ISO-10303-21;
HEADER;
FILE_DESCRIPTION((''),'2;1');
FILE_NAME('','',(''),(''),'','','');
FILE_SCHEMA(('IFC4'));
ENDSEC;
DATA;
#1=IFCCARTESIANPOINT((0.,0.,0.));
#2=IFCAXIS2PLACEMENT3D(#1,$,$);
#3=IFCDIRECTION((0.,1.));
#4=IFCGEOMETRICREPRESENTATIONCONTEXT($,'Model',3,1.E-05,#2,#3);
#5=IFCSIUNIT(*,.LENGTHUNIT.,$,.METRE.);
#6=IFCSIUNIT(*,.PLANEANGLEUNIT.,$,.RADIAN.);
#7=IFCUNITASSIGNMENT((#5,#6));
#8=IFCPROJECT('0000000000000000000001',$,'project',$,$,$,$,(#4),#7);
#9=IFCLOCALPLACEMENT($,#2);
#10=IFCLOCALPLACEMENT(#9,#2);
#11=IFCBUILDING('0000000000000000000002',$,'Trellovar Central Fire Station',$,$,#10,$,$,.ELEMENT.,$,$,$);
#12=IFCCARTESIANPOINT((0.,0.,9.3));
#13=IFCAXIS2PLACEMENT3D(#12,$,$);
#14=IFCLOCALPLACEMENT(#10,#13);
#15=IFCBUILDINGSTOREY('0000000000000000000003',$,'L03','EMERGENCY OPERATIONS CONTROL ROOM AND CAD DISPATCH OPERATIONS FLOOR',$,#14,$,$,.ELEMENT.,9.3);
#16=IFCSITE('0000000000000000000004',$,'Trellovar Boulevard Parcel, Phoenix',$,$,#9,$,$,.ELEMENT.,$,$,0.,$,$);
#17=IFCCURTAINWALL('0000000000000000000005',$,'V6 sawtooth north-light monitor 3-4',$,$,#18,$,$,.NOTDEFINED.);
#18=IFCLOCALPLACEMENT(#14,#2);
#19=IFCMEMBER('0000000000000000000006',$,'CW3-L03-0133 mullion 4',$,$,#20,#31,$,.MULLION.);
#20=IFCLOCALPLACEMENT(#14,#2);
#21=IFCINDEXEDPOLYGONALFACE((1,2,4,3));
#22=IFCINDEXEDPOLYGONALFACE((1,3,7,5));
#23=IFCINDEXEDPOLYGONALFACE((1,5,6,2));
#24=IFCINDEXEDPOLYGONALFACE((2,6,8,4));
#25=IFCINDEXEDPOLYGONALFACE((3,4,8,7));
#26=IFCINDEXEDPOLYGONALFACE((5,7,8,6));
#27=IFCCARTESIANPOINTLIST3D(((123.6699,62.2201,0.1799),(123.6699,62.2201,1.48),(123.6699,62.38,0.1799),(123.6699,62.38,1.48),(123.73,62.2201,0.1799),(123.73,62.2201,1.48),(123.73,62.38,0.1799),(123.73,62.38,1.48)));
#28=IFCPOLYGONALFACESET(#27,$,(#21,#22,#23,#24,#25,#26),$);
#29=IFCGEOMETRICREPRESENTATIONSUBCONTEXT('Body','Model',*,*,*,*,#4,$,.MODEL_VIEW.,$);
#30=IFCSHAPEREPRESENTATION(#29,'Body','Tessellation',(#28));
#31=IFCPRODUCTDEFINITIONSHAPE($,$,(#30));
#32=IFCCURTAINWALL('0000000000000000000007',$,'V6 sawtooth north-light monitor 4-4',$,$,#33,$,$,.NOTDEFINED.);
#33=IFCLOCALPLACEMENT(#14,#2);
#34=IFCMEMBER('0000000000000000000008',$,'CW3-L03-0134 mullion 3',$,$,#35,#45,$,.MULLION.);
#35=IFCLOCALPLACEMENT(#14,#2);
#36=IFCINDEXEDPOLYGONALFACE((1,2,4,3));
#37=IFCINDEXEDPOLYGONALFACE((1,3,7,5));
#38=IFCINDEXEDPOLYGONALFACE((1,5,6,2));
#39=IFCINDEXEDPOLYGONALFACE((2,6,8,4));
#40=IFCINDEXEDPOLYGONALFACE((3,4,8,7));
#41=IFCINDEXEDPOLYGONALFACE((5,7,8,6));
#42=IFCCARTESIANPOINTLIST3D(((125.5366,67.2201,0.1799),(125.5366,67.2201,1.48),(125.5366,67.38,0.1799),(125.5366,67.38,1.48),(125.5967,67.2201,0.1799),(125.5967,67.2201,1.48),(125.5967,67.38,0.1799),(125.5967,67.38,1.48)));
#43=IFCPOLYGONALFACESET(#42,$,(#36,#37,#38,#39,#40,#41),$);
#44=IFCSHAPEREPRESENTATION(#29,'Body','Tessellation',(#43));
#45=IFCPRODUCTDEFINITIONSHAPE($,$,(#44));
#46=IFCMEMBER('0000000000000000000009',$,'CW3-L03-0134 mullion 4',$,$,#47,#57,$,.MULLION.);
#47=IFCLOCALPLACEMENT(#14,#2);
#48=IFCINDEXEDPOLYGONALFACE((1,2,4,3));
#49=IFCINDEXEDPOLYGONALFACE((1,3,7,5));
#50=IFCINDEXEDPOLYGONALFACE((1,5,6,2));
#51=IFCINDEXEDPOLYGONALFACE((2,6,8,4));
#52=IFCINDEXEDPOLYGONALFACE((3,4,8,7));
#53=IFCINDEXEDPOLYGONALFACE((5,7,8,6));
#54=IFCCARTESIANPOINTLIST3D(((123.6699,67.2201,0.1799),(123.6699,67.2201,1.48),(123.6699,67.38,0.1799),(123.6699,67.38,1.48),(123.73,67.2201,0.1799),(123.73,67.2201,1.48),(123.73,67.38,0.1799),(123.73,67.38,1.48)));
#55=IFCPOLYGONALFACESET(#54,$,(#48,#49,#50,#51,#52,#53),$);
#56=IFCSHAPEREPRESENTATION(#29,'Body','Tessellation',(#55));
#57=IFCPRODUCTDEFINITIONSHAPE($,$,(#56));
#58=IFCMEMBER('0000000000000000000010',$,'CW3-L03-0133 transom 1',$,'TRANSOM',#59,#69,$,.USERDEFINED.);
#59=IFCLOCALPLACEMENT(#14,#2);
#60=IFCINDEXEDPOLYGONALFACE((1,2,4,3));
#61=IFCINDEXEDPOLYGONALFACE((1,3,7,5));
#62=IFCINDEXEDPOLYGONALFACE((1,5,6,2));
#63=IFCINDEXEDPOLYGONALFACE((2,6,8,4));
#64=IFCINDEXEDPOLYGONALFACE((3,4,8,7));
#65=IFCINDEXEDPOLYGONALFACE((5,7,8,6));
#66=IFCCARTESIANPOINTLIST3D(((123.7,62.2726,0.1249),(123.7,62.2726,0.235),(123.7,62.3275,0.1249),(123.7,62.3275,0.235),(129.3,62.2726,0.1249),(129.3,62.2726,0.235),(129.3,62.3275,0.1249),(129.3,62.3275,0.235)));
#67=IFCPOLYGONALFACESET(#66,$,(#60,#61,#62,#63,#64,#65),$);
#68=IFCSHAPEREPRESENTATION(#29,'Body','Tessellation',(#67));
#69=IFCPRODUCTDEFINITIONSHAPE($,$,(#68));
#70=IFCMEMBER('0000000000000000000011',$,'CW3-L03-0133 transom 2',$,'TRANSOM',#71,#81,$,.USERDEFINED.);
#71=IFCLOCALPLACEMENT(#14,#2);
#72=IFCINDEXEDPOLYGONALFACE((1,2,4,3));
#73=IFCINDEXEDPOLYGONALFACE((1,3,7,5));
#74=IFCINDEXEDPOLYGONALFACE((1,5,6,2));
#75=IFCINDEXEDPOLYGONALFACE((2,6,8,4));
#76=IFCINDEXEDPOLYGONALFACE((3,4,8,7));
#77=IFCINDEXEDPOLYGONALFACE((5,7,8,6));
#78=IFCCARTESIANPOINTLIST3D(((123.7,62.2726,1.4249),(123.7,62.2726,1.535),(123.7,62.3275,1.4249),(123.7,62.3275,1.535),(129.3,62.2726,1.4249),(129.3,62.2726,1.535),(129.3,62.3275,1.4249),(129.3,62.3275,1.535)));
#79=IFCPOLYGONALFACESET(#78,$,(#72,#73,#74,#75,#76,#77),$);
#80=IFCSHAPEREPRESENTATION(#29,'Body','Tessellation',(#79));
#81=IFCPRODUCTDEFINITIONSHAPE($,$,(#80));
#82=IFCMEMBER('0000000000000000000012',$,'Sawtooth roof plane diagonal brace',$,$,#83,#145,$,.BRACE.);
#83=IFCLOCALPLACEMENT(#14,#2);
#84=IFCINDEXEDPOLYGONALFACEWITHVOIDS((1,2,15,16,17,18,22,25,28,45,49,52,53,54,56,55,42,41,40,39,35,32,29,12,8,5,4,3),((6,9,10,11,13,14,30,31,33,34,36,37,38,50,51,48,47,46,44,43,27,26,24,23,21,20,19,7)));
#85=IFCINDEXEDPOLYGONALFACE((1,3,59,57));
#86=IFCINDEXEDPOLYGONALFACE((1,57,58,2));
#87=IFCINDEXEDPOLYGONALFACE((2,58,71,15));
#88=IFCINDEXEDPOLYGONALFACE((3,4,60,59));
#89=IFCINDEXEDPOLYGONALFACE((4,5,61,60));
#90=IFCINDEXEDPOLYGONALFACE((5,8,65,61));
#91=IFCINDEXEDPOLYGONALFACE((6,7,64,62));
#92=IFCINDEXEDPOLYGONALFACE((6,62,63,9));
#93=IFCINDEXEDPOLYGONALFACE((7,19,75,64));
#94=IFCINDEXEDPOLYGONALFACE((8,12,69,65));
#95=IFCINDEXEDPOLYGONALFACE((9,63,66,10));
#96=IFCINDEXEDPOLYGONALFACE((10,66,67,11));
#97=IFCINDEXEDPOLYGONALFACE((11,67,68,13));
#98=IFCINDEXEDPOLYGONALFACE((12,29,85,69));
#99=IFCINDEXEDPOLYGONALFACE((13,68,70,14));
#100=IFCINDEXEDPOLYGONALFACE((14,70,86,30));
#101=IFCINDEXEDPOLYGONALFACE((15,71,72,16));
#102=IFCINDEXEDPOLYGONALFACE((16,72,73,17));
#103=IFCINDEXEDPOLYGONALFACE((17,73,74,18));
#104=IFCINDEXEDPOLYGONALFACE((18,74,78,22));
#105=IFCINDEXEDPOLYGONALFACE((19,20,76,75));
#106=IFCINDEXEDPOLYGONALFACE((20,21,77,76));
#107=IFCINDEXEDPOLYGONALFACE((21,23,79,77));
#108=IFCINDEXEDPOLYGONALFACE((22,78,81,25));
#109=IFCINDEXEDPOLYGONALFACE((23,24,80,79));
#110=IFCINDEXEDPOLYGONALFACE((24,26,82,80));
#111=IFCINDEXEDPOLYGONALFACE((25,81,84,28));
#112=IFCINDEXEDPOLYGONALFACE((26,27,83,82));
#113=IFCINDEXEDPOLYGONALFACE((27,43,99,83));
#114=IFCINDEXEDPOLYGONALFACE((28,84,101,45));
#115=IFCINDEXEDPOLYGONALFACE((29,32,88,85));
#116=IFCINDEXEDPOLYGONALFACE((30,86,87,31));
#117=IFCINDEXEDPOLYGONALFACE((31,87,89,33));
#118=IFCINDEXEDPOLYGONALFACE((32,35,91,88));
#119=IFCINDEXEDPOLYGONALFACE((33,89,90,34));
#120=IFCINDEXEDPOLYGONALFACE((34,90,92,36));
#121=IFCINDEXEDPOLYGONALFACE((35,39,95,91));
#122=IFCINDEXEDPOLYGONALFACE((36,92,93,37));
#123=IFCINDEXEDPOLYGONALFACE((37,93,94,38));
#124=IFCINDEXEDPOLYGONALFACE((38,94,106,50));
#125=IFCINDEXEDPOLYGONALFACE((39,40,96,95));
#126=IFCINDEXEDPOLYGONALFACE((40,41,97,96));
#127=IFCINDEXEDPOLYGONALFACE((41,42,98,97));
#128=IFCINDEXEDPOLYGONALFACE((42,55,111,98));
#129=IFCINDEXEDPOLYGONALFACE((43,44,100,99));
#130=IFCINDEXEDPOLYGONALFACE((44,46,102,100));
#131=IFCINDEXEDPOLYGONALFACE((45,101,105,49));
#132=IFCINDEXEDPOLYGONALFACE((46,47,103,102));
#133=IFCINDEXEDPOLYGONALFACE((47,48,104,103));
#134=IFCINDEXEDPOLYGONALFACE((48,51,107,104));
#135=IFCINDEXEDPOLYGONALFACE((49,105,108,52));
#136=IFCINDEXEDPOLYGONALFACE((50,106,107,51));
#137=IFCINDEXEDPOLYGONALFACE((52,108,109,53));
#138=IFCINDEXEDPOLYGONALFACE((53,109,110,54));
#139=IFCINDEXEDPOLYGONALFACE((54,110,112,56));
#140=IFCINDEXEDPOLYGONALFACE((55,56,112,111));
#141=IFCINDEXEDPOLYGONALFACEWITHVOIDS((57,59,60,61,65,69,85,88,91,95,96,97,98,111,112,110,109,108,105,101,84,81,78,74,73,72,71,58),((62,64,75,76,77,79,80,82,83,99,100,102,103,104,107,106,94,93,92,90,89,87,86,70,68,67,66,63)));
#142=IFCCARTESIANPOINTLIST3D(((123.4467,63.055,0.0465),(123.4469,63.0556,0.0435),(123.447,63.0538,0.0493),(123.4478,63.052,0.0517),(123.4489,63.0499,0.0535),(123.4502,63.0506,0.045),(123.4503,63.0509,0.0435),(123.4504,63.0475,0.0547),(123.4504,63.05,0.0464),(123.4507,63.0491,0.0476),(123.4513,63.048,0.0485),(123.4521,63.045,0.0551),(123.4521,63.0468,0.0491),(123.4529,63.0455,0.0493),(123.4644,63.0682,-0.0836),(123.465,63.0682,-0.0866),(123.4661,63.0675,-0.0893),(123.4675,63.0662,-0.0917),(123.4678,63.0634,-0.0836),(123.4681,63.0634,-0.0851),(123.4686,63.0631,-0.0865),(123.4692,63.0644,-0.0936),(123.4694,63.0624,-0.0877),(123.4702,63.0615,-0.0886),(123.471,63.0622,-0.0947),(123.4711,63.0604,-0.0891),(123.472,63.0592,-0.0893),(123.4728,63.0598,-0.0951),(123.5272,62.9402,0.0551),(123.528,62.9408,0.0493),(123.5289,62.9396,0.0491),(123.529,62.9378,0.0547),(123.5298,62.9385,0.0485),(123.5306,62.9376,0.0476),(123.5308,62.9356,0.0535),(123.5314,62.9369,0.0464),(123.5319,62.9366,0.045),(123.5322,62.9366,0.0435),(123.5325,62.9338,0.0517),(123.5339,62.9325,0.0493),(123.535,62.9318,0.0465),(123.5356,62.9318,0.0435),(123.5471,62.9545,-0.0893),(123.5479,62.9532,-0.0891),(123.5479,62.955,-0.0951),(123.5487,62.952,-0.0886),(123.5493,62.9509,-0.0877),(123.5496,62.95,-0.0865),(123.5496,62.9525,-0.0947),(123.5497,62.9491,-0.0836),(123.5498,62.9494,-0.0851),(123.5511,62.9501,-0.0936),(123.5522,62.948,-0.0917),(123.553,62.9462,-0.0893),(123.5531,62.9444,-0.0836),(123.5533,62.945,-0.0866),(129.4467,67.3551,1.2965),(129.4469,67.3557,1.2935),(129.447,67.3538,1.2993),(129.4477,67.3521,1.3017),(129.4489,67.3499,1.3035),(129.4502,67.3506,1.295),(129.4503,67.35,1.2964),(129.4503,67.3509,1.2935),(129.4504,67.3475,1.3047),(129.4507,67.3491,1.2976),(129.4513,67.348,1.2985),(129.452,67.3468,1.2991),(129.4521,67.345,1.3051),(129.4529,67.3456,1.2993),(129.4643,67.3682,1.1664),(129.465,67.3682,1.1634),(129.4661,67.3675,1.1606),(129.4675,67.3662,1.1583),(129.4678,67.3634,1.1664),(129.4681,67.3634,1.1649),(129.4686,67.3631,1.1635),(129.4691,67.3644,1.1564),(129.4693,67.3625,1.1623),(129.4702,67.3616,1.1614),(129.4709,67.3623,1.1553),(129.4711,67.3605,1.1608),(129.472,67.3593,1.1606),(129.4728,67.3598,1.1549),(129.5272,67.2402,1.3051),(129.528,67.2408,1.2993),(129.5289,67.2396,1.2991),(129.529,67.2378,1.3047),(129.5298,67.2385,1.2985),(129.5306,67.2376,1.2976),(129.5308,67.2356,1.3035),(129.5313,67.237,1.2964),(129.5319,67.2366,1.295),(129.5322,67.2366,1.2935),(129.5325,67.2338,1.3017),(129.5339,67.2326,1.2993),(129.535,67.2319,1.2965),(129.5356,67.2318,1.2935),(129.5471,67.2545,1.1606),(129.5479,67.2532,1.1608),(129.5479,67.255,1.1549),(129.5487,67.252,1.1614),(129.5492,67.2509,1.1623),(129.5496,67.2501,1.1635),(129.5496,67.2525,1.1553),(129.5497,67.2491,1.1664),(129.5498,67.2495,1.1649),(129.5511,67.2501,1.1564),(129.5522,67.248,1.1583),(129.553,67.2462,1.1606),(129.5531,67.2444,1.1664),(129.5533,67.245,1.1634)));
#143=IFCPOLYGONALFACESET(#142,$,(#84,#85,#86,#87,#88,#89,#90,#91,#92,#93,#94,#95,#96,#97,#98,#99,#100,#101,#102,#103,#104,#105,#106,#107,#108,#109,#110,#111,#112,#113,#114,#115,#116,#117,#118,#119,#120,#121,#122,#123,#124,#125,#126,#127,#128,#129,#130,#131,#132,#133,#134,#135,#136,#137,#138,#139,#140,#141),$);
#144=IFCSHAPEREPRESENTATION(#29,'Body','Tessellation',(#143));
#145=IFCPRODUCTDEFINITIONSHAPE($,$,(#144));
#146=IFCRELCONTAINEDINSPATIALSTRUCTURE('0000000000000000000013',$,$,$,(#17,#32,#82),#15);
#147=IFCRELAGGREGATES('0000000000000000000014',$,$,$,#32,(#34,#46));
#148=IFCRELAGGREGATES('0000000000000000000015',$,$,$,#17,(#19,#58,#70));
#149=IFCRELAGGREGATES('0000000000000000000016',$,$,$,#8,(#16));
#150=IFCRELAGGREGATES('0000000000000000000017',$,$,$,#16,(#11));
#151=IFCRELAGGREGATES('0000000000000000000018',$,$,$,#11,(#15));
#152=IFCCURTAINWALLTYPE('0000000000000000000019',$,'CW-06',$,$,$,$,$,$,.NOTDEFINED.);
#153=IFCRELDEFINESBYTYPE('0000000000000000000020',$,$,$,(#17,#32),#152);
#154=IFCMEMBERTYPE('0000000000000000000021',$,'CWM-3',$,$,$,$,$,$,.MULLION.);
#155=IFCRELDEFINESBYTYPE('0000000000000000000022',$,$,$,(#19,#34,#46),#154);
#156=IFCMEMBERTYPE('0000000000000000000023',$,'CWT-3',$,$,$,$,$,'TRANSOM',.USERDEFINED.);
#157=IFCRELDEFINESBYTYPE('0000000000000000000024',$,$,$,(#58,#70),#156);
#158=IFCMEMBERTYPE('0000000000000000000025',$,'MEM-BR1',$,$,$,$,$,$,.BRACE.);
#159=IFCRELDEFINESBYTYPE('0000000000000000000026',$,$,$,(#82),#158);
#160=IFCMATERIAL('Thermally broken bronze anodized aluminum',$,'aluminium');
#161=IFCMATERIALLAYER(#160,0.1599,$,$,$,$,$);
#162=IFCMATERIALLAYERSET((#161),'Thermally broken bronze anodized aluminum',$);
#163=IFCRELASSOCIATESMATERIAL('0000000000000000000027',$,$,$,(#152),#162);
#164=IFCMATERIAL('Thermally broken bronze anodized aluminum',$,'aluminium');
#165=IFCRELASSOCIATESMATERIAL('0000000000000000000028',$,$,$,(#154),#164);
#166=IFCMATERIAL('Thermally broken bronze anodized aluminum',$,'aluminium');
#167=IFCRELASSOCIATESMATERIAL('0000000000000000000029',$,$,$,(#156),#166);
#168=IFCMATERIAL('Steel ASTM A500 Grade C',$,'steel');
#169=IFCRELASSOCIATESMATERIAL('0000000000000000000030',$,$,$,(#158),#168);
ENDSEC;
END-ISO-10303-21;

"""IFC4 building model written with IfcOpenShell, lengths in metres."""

from ifc_helpers import new_model, si_unit, direction, frame, origin, origin_2d, place, context, subcontext, project, spatial, rectangle, hollow_rectangle, extrude, material, layer, layer_set, material_profile, profile_set, type_object, element, aggregate, save


model = new_model("IFC4")

# Units and contexts
model_context = context("Model", 3, precision=1e-05, world=origin(), true_north=direction((0.0, 1.0)))
body_context = subcontext(model_context, "Body", "Model", "MODEL_VIEW")
ifc_project = project(units=[si_unit("LENGTHUNIT", "METRE"), si_unit("PLANEANGLEUNIT", "RADIAN")], contexts=[model_context])

# Site, building, storey
site_placement = place(None, origin())
site = spatial("IfcSite", under=ifc_project, at=site_placement, Name="Trellovar Boulevard Parcel, Phoenix", CompositionType="ELEMENT", RefElevation=0.0)
building_placement = place(site_placement, origin())
building = spatial("IfcBuilding", under=site, at=building_placement, Name="Trellovar Central Fire Station", CompositionType="ELEMENT")
storey_placement = place(building_placement, frame((0.0, 0.0, 9.3)))
storey = spatial("IfcBuildingStorey", under=building, at=storey_placement, Name="L03", Description="EMERGENCY OPERATIONS CONTROL ROOM AND CAD DISPATCH OPERATIONS FLOOR", CompositionType="ELEMENT", Elevation=9.3)

# Curtain walls, members
ifc_material_1 = material(Name="Thermally broken bronze anodized aluminum", Category="aluminium")
ifc_layer_1 = layer(ifc_material_1, 0.1599)
ifc_layer_set_1 = layer_set([ifc_layer_1], Name="Thermally broken bronze anodized aluminum")
curtain_wall_type = type_object("IfcCurtainWallType", Name="CW-06", PredefinedType="NOTDEFINED", material=ifc_layer_set_1)
curtain_wall_1_placement = place(storey_placement, origin())
curtain_wall_1 = element("IfcCurtainWall", 1, at=curtain_wall_1_placement, inside=storey, type_object=curtain_wall_type, Name="V6 sawtooth north-light monitor 3-4", PredefinedType="NOTDEFINED")
ifc_material_2 = material(Name="Thermally broken bronze anodized aluminum", Category="aluminium")
ifc_material_profile_1 = material_profile(ifc_material_2, rectangle(XDim=0.0601, YDim=0.1599, at=origin_2d()), Name="ALU60X160")
ifc_profile_set_1 = profile_set([ifc_material_profile_1], Name="Thermally broken bronze anodized aluminum")
member_type_1 = type_object("IfcMemberType", Name="CWM-3", PredefinedType="MULLION", material=ifc_profile_set_1)
member_1_placement = place(storey_placement, frame((123.7, 62.3, 0.1799), z_axis=(0.0, 0.0, 1.0), x_axis=(1.0, 0.0, 0.0)))
member_1 = element("IfcMember", 2, at=member_1_placement, type_object=member_type_1, Name="CW3-L03-0133 mullion 4", PredefinedType="MULLION", context=body_context, shape_type="SweptSolid", body=[
    extrude(rectangle(XDim=0.0601, YDim=0.1599, at=origin_2d()), origin(), (0.0, 0.0, 1.0), 1.3),
])
curtain_wall_2_placement = place(storey_placement, origin())
curtain_wall_2 = element("IfcCurtainWall", 3, at=curtain_wall_2_placement, inside=storey, type_object=curtain_wall_type, Name="V6 sawtooth north-light monitor 4-4", PredefinedType="NOTDEFINED")
member_2_placement = place(storey_placement, frame((125.5667, 67.3, 0.1799), z_axis=(0.0, 0.0, 1.0), x_axis=(1.0, 0.0, 0.0)))
member_2 = element("IfcMember", 4, at=member_2_placement, type_object=member_type_1, Name="CW3-L03-0134 mullion 3", PredefinedType="MULLION", context=body_context, shape_type="SweptSolid", body=[
    extrude(rectangle(XDim=0.0601, YDim=0.1599, at=origin_2d()), origin(), (0.0, 0.0, 1.0), 1.3),
])
member_3_placement = place(storey_placement, frame((123.7, 67.3, 0.1799), z_axis=(0.0, 0.0, 1.0), x_axis=(1.0, 0.0, 0.0)))
member_3 = element("IfcMember", 5, at=member_3_placement, type_object=member_type_1, Name="CW3-L03-0134 mullion 4", PredefinedType="MULLION", context=body_context, shape_type="SweptSolid", body=[
    extrude(rectangle(XDim=0.0601, YDim=0.1599, at=origin_2d()), origin(), (0.0, 0.0, 1.0), 1.3),
])

# Members
ifc_material_3 = material(Name="Thermally broken bronze anodized aluminum", Category="aluminium")
ifc_material_profile_2 = material_profile(ifc_material_3, rectangle(XDim=0.0549, YDim=0.1101, at=origin_2d()), Name="ALU55X110")
ifc_profile_set_2 = profile_set([ifc_material_profile_2], Name="Thermally broken bronze anodized aluminum")
member_type_2 = type_object("IfcMemberType", Name="CWT-3", ElementType="TRANSOM", PredefinedType="USERDEFINED", material=ifc_profile_set_2)
member_4_placement = place(storey_placement, frame((129.3, 62.3, 0.1799), z_axis=(-1.0, 0.0, 0.0), x_axis=(0.0, -1.0, 0.0)))
member_4 = element("IfcMember", 6, at=member_4_placement, type_object=member_type_2, Name="CW3-L03-0133 transom 1", ObjectType="TRANSOM", PredefinedType="USERDEFINED", context=body_context, shape_type="SweptSolid", body=[
    extrude(rectangle(XDim=0.0549, YDim=0.1101, at=origin_2d()), origin(), (0.0, 0.0, 1.0), 5.6001),
])
member_5_placement = place(storey_placement, frame((129.3, 62.3, 1.48), z_axis=(-1.0, 0.0, 0.0), x_axis=(0.0, -1.0, 0.0)))
member_5 = element("IfcMember", 7, at=member_5_placement, type_object=member_type_2, Name="CW3-L03-0133 transom 2", ObjectType="TRANSOM", PredefinedType="USERDEFINED", context=body_context, shape_type="SweptSolid", body=[
    extrude(rectangle(XDim=0.0549, YDim=0.1101, at=origin_2d()), origin(), (0.0, 0.0, 1.0), 5.6001),
])

# Member
ifc_material_4 = material(Name="Steel ASTM A500 Grade C", Category="steel")
ifc_material_profile_3 = material_profile(ifc_material_4, hollow_rectangle(XDim=0.1523, YDim=0.1523, WallThickness=0.0059, InnerFilletRadius=0.0059, OuterFilletRadius=0.0117, at=origin_2d()), Name="HSS6X6X1/4")
ifc_profile_set_3 = profile_set([ifc_material_profile_3], Name="Steel ASTM A500 Grade C")
member_type_3 = type_object("IfcMemberType", Name="MEM-BR1", PredefinedType="BRACE", material=ifc_profile_set_3)
member_6_placement = place(storey_placement, frame((123.5, 63.0, -0.02), z_axis=(0.801405, 0.574347, 0.166959), x_axis=(-0.582523, 0.812814, 0.0)))
element("IfcMember", 8, at=member_6_placement, inside=storey, type_object=member_type_3, Name="Sawtooth roof plane diagonal brace", PredefinedType="BRACE", context=body_context, shape_type="SweptSolid", body=[
    extrude(hollow_rectangle(XDim=0.1523, YDim=0.1523, WallThickness=0.0059, InnerFilletRadius=0.0059, OuterFilletRadius=0.0117, at=origin_2d()), origin(), (0.0, 0.0, 1.0), 7.4868),
])

aggregate(curtain_wall_2, [member_2, member_3])
aggregate(curtain_wall_1, [member_1, member_4, member_5])

save(model, "model.ifc")
